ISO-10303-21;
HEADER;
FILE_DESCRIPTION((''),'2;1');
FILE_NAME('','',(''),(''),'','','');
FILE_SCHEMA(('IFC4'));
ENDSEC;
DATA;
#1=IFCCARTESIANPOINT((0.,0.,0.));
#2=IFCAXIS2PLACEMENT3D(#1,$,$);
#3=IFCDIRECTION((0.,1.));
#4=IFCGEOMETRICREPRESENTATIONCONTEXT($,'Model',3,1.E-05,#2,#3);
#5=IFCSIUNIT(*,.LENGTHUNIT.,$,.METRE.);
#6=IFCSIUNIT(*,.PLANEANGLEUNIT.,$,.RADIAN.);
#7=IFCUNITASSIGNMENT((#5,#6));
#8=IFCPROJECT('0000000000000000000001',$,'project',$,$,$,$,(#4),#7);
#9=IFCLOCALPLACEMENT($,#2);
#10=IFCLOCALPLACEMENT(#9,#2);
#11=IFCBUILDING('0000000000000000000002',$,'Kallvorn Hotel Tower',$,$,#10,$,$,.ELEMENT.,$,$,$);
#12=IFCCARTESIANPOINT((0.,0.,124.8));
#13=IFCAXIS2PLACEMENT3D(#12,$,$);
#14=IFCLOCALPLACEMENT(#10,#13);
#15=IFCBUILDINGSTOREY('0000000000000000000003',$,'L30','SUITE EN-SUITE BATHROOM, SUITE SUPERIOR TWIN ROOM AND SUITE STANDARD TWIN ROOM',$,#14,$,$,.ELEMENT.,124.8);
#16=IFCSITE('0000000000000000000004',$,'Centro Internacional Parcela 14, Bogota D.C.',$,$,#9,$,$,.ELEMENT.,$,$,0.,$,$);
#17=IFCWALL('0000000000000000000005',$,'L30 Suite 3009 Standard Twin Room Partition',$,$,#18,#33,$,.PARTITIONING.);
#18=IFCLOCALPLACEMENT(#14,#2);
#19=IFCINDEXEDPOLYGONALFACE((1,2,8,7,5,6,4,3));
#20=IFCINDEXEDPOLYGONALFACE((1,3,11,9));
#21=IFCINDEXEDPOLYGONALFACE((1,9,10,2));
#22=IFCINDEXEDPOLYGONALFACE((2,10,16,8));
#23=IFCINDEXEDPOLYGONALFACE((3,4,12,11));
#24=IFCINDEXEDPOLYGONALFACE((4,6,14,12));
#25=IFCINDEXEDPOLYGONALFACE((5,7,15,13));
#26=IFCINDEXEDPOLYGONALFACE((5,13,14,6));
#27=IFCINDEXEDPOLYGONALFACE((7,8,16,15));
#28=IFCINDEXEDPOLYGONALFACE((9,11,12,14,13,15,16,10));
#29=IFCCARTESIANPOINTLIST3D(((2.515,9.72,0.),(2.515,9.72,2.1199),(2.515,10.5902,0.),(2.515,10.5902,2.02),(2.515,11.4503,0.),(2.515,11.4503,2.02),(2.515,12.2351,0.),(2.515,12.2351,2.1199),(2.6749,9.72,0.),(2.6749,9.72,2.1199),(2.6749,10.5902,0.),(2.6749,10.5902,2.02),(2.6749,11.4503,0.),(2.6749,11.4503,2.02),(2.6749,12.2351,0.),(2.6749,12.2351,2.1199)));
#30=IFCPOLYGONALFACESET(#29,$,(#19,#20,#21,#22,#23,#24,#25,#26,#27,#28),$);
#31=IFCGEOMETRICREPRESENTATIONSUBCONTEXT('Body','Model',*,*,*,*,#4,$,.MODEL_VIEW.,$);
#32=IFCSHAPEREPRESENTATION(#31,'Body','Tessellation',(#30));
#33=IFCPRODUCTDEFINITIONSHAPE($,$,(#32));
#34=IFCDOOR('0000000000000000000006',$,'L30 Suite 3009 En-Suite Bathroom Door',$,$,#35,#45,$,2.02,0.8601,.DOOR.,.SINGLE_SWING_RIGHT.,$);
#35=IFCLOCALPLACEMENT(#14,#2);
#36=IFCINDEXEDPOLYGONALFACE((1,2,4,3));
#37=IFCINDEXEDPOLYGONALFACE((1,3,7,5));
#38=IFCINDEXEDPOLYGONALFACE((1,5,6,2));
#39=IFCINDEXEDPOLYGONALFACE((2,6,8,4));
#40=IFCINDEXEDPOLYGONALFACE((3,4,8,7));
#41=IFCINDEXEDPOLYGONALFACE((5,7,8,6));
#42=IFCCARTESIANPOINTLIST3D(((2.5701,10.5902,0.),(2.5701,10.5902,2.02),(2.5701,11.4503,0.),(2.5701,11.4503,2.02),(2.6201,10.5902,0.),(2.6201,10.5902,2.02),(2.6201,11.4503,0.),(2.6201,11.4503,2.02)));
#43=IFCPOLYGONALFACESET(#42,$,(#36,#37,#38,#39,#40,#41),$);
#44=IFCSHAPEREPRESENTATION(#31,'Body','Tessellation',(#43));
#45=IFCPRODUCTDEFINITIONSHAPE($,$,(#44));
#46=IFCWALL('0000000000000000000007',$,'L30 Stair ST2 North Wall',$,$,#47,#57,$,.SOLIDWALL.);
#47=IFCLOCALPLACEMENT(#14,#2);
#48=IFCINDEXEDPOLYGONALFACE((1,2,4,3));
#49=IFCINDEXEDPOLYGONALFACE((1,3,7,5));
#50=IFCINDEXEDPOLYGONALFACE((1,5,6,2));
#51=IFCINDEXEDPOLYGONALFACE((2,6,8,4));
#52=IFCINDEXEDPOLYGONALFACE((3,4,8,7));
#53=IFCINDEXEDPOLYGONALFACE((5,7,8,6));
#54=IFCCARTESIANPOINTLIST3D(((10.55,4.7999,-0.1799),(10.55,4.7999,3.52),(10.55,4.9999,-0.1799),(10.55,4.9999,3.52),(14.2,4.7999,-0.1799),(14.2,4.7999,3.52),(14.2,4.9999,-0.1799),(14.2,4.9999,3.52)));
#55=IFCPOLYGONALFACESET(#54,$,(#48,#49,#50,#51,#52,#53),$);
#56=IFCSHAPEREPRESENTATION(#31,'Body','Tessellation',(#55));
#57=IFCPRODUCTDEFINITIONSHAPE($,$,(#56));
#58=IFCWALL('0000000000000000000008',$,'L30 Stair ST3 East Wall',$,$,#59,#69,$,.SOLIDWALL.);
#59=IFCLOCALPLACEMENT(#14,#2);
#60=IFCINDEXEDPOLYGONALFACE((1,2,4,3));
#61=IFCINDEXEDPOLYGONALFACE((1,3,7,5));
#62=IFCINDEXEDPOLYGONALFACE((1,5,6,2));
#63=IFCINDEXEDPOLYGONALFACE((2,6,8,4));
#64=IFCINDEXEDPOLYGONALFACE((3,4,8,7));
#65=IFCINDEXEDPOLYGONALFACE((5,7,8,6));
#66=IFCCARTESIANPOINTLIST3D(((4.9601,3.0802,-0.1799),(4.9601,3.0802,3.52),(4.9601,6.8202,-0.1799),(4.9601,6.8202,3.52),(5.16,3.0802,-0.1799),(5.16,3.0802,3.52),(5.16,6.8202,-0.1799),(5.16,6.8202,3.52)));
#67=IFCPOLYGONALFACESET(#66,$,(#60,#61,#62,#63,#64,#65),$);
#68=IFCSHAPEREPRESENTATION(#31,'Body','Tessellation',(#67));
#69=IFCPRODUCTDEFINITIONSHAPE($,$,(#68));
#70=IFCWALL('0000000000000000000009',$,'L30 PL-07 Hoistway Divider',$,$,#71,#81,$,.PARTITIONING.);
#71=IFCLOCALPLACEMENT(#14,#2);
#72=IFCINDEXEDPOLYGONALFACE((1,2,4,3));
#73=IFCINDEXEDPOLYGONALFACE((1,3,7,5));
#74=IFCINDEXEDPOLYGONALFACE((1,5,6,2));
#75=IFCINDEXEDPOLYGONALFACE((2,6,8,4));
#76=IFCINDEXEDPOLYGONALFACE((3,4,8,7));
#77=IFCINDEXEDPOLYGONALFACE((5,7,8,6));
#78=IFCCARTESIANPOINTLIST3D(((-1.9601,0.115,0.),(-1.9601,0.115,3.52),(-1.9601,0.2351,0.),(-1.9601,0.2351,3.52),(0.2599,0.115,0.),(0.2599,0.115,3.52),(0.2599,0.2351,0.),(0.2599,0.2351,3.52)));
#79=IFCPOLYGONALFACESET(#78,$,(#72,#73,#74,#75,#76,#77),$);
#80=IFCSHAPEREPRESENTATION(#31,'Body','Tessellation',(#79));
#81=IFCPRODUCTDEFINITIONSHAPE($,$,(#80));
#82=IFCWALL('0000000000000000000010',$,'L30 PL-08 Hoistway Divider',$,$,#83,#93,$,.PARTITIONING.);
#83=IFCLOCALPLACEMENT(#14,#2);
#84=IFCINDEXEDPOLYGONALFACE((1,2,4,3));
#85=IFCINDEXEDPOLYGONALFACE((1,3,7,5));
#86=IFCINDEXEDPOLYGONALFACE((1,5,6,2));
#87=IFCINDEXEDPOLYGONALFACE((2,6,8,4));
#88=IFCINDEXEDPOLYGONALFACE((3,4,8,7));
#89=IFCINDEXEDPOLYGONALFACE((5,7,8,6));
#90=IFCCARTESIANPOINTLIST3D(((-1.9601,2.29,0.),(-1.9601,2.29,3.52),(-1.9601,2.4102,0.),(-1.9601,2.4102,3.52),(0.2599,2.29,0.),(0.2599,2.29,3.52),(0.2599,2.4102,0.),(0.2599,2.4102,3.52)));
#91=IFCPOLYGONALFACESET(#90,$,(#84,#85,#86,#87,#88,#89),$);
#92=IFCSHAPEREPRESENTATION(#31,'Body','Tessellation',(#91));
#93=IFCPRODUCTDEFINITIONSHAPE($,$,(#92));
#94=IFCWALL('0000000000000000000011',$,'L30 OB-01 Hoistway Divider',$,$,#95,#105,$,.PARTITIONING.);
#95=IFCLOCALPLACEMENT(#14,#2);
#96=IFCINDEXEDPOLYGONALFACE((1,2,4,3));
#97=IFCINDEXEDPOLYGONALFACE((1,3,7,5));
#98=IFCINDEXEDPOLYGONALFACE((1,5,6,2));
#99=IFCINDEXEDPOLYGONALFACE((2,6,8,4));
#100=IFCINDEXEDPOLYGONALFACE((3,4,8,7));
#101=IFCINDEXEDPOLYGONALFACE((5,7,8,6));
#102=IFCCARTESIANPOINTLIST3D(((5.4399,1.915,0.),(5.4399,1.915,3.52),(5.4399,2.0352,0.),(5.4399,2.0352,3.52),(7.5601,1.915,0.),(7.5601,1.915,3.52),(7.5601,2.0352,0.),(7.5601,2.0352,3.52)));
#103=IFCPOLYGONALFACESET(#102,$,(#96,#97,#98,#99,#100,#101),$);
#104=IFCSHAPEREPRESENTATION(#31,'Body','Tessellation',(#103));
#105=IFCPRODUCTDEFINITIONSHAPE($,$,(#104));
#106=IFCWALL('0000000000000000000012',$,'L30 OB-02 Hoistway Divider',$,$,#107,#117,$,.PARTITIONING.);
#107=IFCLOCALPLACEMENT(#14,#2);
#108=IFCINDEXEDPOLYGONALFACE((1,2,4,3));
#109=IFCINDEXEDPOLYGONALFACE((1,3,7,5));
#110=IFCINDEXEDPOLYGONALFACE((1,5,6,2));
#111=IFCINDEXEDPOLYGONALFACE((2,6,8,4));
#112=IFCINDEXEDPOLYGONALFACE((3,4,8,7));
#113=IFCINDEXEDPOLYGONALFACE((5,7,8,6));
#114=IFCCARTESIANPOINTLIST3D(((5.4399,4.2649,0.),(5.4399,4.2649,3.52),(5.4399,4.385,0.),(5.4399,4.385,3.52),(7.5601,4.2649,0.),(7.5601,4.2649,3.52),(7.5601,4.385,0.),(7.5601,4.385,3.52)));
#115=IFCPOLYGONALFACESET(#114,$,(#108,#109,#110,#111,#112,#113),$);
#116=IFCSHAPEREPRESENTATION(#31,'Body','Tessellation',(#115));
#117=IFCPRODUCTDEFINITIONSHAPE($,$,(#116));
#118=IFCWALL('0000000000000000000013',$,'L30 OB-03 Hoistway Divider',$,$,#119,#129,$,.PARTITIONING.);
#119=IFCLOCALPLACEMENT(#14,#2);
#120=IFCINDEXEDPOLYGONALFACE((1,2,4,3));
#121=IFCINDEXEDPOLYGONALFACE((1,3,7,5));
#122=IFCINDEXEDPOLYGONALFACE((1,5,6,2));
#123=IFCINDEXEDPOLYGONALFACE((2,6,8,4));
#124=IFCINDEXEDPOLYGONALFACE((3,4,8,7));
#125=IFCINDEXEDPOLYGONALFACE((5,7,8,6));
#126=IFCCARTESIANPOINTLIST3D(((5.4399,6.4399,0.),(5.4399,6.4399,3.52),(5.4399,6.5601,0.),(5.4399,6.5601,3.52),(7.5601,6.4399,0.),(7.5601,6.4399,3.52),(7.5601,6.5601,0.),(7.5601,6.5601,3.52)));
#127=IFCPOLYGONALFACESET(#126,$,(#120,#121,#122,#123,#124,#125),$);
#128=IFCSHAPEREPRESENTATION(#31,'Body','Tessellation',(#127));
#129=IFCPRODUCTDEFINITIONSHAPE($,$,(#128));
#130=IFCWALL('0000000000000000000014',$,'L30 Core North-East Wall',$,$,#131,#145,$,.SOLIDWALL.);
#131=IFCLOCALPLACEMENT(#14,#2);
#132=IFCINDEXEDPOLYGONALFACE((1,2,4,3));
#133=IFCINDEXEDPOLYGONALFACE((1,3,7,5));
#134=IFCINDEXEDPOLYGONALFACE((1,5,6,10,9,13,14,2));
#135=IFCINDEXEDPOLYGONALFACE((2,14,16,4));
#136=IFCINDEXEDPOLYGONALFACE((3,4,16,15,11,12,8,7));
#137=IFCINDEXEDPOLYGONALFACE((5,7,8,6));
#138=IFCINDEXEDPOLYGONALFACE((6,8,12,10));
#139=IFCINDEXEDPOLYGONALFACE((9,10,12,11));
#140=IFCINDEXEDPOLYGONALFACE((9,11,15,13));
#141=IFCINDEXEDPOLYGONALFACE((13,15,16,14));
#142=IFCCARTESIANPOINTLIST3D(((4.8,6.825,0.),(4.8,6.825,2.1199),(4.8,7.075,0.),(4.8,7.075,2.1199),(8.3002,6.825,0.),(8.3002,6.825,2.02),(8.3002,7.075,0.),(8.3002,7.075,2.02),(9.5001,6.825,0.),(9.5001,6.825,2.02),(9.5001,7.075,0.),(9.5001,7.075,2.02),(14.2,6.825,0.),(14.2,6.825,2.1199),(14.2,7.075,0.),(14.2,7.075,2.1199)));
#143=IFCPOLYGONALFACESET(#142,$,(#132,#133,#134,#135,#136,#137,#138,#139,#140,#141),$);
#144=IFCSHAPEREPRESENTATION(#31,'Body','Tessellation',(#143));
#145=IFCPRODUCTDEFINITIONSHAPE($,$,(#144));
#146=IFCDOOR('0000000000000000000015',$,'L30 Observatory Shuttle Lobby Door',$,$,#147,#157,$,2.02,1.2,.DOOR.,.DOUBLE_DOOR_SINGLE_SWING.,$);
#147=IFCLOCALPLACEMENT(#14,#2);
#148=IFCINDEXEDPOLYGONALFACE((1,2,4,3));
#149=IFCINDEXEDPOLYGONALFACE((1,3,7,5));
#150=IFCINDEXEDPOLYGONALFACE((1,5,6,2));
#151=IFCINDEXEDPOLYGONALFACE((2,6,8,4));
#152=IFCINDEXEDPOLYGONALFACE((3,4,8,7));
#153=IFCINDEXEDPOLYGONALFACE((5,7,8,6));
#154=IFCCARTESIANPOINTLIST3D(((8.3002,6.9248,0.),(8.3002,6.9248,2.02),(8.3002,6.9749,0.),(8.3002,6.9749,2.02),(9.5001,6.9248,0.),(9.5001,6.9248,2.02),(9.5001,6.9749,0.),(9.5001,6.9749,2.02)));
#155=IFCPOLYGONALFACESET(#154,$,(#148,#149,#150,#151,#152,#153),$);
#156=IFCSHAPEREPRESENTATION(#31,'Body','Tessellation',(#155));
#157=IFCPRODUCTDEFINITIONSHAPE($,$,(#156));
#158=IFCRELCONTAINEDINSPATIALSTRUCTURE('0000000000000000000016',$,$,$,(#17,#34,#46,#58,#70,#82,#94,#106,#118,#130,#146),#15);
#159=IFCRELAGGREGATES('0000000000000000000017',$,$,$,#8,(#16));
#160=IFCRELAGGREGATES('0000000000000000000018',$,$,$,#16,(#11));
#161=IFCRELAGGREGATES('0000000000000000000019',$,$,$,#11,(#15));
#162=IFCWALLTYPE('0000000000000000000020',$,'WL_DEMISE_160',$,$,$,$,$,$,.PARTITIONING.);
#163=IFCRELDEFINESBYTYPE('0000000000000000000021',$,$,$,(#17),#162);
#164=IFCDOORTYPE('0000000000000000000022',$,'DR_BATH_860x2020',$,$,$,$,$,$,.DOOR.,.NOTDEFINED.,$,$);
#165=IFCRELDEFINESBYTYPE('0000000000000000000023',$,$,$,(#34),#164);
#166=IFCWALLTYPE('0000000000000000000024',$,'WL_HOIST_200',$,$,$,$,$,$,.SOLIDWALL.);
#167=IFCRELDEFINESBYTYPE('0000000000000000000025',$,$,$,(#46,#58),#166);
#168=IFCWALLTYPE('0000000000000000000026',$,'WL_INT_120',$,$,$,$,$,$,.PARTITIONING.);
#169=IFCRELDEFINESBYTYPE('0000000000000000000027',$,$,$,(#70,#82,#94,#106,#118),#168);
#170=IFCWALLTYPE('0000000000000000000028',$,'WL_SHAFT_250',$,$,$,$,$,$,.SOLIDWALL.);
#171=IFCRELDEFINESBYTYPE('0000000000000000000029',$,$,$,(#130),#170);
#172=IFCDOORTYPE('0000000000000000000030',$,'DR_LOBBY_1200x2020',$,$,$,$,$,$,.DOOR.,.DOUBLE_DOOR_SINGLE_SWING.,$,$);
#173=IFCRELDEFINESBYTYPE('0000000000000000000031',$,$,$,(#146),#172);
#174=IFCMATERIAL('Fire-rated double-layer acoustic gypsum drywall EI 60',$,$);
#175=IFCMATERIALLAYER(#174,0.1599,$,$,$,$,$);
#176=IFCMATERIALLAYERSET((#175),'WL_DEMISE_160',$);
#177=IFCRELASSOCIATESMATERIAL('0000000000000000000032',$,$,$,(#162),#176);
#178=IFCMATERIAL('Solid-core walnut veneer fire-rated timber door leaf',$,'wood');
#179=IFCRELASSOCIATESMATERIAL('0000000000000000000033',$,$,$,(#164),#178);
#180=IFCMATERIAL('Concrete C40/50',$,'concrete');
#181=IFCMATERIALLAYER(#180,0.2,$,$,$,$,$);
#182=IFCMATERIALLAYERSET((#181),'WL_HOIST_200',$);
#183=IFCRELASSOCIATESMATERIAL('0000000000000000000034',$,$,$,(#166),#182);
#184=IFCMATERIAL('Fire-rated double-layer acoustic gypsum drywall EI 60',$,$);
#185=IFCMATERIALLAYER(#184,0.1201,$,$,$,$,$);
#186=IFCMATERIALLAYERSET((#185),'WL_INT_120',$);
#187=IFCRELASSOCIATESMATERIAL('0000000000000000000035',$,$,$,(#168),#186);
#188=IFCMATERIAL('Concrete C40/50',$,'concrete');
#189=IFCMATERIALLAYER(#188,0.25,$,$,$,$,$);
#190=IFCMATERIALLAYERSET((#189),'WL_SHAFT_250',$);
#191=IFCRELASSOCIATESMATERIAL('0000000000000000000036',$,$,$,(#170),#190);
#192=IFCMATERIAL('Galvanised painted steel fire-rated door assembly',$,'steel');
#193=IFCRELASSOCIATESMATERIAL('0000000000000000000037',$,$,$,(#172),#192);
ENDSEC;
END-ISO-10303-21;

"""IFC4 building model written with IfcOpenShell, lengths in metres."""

from ifc_helpers import new_model, si_unit, direction, frame, frame_2d, origin, place, context, subcontext, project, spatial, rectangle, extrude, material, layer, layer_set, type_object, element, fill, save


model = new_model("IFC4")

# Units and contexts
model_context = context("Model", 3, precision=1e-05, world=origin(), true_north=direction((0.0, 1.0)))
body_context = subcontext(model_context, "Body", "Model", "MODEL_VIEW")
ifc_project = project(units=[si_unit("LENGTHUNIT", "METRE"), si_unit("PLANEANGLEUNIT", "RADIAN")], contexts=[model_context])

# Site, building, storey
site_placement = place(None, origin())
site = spatial("IfcSite", under=ifc_project, at=site_placement, Name="Centro Internacional Parcela 14, Bogota D.C.", CompositionType="ELEMENT", RefElevation=0.0)
building_placement = place(site_placement, origin())
building = spatial("IfcBuilding", under=site, at=building_placement, Name="Kallvorn Hotel Tower", CompositionType="ELEMENT")
storey_placement = place(building_placement, frame((0.0, 0.0, 124.8)))
storey = spatial("IfcBuildingStorey", under=building, at=storey_placement, Name="L30", Description="SUITE EN-SUITE BATHROOM, SUITE SUPERIOR TWIN ROOM AND SUITE STANDARD TWIN ROOM", CompositionType="ELEMENT", Elevation=124.8)

# Shared definitions
ifc_material_1 = material(Name="Fire-rated double-layer acoustic gypsum drywall EI 60")
ifc_layer_1 = layer(ifc_material_1, 0.1599)
ifc_layer_set_1 = layer_set([ifc_layer_1], Name="WL_DEMISE_160")
wall_type_1 = type_object("IfcWallType", Name="WL_DEMISE_160", PredefinedType="PARTITIONING", material=ifc_layer_set_1)
ifc_material_2 = material(Name="Solid-core walnut veneer fire-rated timber door leaf", Category="wood")
door_type_1 = type_object("IfcDoorType", Name="DR_BATH_860x2020", OperationType="NOTDEFINED", PredefinedType="DOOR", material=ifc_material_2)

# Wall, opening, door
wall_1_placement = place(storey_placement, frame((2.595, 9.72, 0.0), z_axis=(0.0, 0.0, 1.0), x_axis=(0.0, 1.0, 0.0)))
wall_1 = element("IfcWall", 1, at=wall_1_placement, inside=storey, type_object=wall_type_1, Name="L30 Suite 3009 Standard Twin Room Partition", PredefinedType="PARTITIONING", context=body_context, shape_type="SweptSolid", body=[
    extrude(rectangle(XDim=2.5151, YDim=0.1599, at=frame_2d((1.2576, 0.0))), origin(), (0.0, 0.0, 1.0), 2.1199),
])
opening_1_placement = place(wall_1_placement, frame((0.8701, 0.0, 0.0)))
opening_1 = element("IfcOpeningElement", 2, at=opening_1_placement, cuts=wall_1, PredefinedType="OPENING", context=body_context, shape_type="SweptSolid", body=[
    extrude(rectangle(XDim=0.8601, YDim=2.02, at=frame_2d((0.4302, 1.01))), frame((0.0, 0.095, 0.0), z_axis=(0.0, -1.0, 0.0), x_axis=(1.0, 0.0, 0.0)), (0.0, 0.0, 1.0), 0.1899),
])
door_1_placement = place(opening_1_placement, origin())
door_1 = element("IfcDoor", 3, at=door_1_placement, inside=storey, type_object=door_type_1, Name="L30 Suite 3009 En-Suite Bathroom Door", OperationType="SINGLE_SWING_RIGHT", OverallHeight=2.02, OverallWidth=0.8601, PredefinedType="DOOR", context=body_context, shape_type="SweptSolid", body=[
    extrude(rectangle(XDim=0.8601, YDim=2.02, at=frame_2d((0.4302, 1.01))), frame((0.0, 0.0249, 0.0), z_axis=(0.0, -1.0, 0.0), x_axis=(1.0, 0.0, 0.0)), (0.0, 0.0, 1.0), 0.05),
])
fill(opening_1, door_1)

# Walls
ifc_material_3 = material(Name="Concrete C40/50", Category="concrete")
ifc_layer_2 = layer(ifc_material_3, 0.2)
ifc_layer_set_2 = layer_set([ifc_layer_2], Name="WL_HOIST_200")
wall_type_2 = type_object("IfcWallType", Name="WL_HOIST_200", PredefinedType="SOLIDWALL", material=ifc_layer_set_2)
wall_2_placement = place(storey_placement, frame((10.55, 4.8999, -0.1799), z_axis=(0.0, 0.0, 1.0), x_axis=(1.0, 0.0, 0.0)))
element("IfcWall", 4, at=wall_2_placement, inside=storey, type_object=wall_type_2, Name="L30 Stair ST2 North Wall", PredefinedType="SOLIDWALL", context=body_context, shape_type="SweptSolid", body=[
    extrude(rectangle(XDim=3.6499, YDim=0.2, at=frame_2d((1.825, 0.0))), origin(), (0.0, 0.0, 1.0), 3.7),
])
wall_3_placement = place(storey_placement, frame((5.0601, 3.0801, -0.1799), z_axis=(0.0, 0.0, 1.0), x_axis=(0.0, 1.0, 0.0)))
element("IfcWall", 5, at=wall_3_placement, inside=storey, type_object=wall_type_2, Name="L30 Stair ST3 East Wall", PredefinedType="SOLIDWALL", context=body_context, shape_type="SweptSolid", body=[
    extrude(rectangle(XDim=3.74, YDim=0.2, at=frame_2d((1.8701, 0.0))), origin(), (0.0, 0.0, 1.0), 3.7),
])
ifc_material_4 = material(Name="Fire-rated double-layer acoustic gypsum drywall EI 60")
ifc_layer_3 = layer(ifc_material_4, 0.1201)
ifc_layer_set_3 = layer_set([ifc_layer_3], Name="WL_INT_120")
wall_type_3 = type_object("IfcWallType", Name="WL_INT_120", PredefinedType="PARTITIONING", material=ifc_layer_set_3)
for number, where, z_axis, x_axis, name in (
    (6, (-1.96, 0.175, 0.0), (0.0, 0.0, 1.0), (1.0, 0.0, 0.0), "L30 PL-07 Hoistway Divider"),
    (7, (-1.96, 2.3501, 0.0), (0.0, 0.0, 1.0), (1.0, 0.0, 0.0), "L30 PL-08 Hoistway Divider"),
):
    element("IfcWall", number, at=place(storey_placement, frame(where, z_axis=z_axis, x_axis=x_axis)), inside=storey, type_object=wall_type_3, Name=name, PredefinedType="PARTITIONING", context=body_context, shape_type="SweptSolid", body=[
        extrude(rectangle(XDim=2.22, YDim=0.1201, at=frame_2d((1.1099, 0.0))), origin(), (0.0, 0.0, 1.0), 3.52),
    ])
for number, where, z_axis, x_axis, name in (
    (8, (5.4399, 1.9751, 0.0), (0.0, 0.0, 1.0), (1.0, 0.0, 0.0), "L30 OB-01 Hoistway Divider"),
    (9, (5.4399, 4.325, 0.0), (0.0, 0.0, 1.0), (1.0, 0.0, 0.0), "L30 OB-02 Hoistway Divider"),
    (10, (5.4399, 6.5, 0.0), (0.0, 0.0, 1.0), (1.0, 0.0, 0.0), "L30 OB-03 Hoistway Divider"),
):
    element("IfcWall", number, at=place(storey_placement, frame(where, z_axis=z_axis, x_axis=x_axis)), inside=storey, type_object=wall_type_3, Name=name, PredefinedType="PARTITIONING", context=body_context, shape_type="SweptSolid", body=[
        extrude(rectangle(XDim=2.1201, YDim=0.1201, at=frame_2d((1.0601, 0.0))), origin(), (0.0, 0.0, 1.0), 3.52),
    ])

# Wall, opening, door
ifc_material_5 = material(Name="Concrete C40/50", Category="concrete")
ifc_layer_4 = layer(ifc_material_5, 0.25)
ifc_layer_set_4 = layer_set([ifc_layer_4], Name="WL_SHAFT_250")
wall_type_4 = type_object("IfcWallType", Name="WL_SHAFT_250", PredefinedType="SOLIDWALL", material=ifc_layer_set_4)
wall_4_placement = place(storey_placement, frame((4.8, 6.95, 0.0), z_axis=(0.0, 0.0, 1.0), x_axis=(1.0, 0.0, 0.0)))
wall_4 = element("IfcWall", 11, at=wall_4_placement, inside=storey, type_object=wall_type_4, Name="L30 Core North-East Wall", PredefinedType="SOLIDWALL", context=body_context, shape_type="SweptSolid", body=[
    extrude(rectangle(XDim=9.3999, YDim=0.25, at=frame_2d((4.7, 0.0))), origin(), (0.0, 0.0, 1.0), 2.1199),
])
opening_2_placement = place(wall_4_placement, frame((3.5, 0.0, 0.0)))
opening_2 = element("IfcOpeningElement", 12, at=opening_2_placement, cuts=wall_4, PredefinedType="OPENING", context=body_context, shape_type="SweptSolid", body=[
    extrude(rectangle(XDim=1.2, YDim=2.02, at=frame_2d((0.6001, 1.01))), frame((0.0, 0.1399, 0.0), z_axis=(0.0, -1.0, 0.0), x_axis=(1.0, 0.0, 0.0)), (0.0, 0.0, 1.0), 0.28),
])
ifc_material_6 = material(Name="Galvanised painted steel fire-rated door assembly", Category="steel")
door_type_2 = type_object("IfcDoorType", Name="DR_LOBBY_1200x2020", OperationType="DOUBLE_DOOR_SINGLE_SWING", PredefinedType="DOOR", material=ifc_material_6)
door_2_placement = place(opening_2_placement, origin())
door_2 = element("IfcDoor", 13, at=door_2_placement, inside=storey, type_object=door_type_2, Name="L30 Observatory Shuttle Lobby Door", OperationType="DOUBLE_DOOR_SINGLE_SWING", OverallHeight=2.02, OverallWidth=1.2, PredefinedType="DOOR", context=body_context, shape_type="SweptSolid", body=[
    extrude(rectangle(XDim=1.2, YDim=2.02, at=frame_2d((0.6001, 1.01))), frame((0.0, 0.0249, 0.0), z_axis=(0.0, -1.0, 0.0), x_axis=(1.0, 0.0, 0.0)), (0.0, 0.0, 1.0), 0.05),
])
fill(opening_2, door_2)

save(model, "model.ifc")
